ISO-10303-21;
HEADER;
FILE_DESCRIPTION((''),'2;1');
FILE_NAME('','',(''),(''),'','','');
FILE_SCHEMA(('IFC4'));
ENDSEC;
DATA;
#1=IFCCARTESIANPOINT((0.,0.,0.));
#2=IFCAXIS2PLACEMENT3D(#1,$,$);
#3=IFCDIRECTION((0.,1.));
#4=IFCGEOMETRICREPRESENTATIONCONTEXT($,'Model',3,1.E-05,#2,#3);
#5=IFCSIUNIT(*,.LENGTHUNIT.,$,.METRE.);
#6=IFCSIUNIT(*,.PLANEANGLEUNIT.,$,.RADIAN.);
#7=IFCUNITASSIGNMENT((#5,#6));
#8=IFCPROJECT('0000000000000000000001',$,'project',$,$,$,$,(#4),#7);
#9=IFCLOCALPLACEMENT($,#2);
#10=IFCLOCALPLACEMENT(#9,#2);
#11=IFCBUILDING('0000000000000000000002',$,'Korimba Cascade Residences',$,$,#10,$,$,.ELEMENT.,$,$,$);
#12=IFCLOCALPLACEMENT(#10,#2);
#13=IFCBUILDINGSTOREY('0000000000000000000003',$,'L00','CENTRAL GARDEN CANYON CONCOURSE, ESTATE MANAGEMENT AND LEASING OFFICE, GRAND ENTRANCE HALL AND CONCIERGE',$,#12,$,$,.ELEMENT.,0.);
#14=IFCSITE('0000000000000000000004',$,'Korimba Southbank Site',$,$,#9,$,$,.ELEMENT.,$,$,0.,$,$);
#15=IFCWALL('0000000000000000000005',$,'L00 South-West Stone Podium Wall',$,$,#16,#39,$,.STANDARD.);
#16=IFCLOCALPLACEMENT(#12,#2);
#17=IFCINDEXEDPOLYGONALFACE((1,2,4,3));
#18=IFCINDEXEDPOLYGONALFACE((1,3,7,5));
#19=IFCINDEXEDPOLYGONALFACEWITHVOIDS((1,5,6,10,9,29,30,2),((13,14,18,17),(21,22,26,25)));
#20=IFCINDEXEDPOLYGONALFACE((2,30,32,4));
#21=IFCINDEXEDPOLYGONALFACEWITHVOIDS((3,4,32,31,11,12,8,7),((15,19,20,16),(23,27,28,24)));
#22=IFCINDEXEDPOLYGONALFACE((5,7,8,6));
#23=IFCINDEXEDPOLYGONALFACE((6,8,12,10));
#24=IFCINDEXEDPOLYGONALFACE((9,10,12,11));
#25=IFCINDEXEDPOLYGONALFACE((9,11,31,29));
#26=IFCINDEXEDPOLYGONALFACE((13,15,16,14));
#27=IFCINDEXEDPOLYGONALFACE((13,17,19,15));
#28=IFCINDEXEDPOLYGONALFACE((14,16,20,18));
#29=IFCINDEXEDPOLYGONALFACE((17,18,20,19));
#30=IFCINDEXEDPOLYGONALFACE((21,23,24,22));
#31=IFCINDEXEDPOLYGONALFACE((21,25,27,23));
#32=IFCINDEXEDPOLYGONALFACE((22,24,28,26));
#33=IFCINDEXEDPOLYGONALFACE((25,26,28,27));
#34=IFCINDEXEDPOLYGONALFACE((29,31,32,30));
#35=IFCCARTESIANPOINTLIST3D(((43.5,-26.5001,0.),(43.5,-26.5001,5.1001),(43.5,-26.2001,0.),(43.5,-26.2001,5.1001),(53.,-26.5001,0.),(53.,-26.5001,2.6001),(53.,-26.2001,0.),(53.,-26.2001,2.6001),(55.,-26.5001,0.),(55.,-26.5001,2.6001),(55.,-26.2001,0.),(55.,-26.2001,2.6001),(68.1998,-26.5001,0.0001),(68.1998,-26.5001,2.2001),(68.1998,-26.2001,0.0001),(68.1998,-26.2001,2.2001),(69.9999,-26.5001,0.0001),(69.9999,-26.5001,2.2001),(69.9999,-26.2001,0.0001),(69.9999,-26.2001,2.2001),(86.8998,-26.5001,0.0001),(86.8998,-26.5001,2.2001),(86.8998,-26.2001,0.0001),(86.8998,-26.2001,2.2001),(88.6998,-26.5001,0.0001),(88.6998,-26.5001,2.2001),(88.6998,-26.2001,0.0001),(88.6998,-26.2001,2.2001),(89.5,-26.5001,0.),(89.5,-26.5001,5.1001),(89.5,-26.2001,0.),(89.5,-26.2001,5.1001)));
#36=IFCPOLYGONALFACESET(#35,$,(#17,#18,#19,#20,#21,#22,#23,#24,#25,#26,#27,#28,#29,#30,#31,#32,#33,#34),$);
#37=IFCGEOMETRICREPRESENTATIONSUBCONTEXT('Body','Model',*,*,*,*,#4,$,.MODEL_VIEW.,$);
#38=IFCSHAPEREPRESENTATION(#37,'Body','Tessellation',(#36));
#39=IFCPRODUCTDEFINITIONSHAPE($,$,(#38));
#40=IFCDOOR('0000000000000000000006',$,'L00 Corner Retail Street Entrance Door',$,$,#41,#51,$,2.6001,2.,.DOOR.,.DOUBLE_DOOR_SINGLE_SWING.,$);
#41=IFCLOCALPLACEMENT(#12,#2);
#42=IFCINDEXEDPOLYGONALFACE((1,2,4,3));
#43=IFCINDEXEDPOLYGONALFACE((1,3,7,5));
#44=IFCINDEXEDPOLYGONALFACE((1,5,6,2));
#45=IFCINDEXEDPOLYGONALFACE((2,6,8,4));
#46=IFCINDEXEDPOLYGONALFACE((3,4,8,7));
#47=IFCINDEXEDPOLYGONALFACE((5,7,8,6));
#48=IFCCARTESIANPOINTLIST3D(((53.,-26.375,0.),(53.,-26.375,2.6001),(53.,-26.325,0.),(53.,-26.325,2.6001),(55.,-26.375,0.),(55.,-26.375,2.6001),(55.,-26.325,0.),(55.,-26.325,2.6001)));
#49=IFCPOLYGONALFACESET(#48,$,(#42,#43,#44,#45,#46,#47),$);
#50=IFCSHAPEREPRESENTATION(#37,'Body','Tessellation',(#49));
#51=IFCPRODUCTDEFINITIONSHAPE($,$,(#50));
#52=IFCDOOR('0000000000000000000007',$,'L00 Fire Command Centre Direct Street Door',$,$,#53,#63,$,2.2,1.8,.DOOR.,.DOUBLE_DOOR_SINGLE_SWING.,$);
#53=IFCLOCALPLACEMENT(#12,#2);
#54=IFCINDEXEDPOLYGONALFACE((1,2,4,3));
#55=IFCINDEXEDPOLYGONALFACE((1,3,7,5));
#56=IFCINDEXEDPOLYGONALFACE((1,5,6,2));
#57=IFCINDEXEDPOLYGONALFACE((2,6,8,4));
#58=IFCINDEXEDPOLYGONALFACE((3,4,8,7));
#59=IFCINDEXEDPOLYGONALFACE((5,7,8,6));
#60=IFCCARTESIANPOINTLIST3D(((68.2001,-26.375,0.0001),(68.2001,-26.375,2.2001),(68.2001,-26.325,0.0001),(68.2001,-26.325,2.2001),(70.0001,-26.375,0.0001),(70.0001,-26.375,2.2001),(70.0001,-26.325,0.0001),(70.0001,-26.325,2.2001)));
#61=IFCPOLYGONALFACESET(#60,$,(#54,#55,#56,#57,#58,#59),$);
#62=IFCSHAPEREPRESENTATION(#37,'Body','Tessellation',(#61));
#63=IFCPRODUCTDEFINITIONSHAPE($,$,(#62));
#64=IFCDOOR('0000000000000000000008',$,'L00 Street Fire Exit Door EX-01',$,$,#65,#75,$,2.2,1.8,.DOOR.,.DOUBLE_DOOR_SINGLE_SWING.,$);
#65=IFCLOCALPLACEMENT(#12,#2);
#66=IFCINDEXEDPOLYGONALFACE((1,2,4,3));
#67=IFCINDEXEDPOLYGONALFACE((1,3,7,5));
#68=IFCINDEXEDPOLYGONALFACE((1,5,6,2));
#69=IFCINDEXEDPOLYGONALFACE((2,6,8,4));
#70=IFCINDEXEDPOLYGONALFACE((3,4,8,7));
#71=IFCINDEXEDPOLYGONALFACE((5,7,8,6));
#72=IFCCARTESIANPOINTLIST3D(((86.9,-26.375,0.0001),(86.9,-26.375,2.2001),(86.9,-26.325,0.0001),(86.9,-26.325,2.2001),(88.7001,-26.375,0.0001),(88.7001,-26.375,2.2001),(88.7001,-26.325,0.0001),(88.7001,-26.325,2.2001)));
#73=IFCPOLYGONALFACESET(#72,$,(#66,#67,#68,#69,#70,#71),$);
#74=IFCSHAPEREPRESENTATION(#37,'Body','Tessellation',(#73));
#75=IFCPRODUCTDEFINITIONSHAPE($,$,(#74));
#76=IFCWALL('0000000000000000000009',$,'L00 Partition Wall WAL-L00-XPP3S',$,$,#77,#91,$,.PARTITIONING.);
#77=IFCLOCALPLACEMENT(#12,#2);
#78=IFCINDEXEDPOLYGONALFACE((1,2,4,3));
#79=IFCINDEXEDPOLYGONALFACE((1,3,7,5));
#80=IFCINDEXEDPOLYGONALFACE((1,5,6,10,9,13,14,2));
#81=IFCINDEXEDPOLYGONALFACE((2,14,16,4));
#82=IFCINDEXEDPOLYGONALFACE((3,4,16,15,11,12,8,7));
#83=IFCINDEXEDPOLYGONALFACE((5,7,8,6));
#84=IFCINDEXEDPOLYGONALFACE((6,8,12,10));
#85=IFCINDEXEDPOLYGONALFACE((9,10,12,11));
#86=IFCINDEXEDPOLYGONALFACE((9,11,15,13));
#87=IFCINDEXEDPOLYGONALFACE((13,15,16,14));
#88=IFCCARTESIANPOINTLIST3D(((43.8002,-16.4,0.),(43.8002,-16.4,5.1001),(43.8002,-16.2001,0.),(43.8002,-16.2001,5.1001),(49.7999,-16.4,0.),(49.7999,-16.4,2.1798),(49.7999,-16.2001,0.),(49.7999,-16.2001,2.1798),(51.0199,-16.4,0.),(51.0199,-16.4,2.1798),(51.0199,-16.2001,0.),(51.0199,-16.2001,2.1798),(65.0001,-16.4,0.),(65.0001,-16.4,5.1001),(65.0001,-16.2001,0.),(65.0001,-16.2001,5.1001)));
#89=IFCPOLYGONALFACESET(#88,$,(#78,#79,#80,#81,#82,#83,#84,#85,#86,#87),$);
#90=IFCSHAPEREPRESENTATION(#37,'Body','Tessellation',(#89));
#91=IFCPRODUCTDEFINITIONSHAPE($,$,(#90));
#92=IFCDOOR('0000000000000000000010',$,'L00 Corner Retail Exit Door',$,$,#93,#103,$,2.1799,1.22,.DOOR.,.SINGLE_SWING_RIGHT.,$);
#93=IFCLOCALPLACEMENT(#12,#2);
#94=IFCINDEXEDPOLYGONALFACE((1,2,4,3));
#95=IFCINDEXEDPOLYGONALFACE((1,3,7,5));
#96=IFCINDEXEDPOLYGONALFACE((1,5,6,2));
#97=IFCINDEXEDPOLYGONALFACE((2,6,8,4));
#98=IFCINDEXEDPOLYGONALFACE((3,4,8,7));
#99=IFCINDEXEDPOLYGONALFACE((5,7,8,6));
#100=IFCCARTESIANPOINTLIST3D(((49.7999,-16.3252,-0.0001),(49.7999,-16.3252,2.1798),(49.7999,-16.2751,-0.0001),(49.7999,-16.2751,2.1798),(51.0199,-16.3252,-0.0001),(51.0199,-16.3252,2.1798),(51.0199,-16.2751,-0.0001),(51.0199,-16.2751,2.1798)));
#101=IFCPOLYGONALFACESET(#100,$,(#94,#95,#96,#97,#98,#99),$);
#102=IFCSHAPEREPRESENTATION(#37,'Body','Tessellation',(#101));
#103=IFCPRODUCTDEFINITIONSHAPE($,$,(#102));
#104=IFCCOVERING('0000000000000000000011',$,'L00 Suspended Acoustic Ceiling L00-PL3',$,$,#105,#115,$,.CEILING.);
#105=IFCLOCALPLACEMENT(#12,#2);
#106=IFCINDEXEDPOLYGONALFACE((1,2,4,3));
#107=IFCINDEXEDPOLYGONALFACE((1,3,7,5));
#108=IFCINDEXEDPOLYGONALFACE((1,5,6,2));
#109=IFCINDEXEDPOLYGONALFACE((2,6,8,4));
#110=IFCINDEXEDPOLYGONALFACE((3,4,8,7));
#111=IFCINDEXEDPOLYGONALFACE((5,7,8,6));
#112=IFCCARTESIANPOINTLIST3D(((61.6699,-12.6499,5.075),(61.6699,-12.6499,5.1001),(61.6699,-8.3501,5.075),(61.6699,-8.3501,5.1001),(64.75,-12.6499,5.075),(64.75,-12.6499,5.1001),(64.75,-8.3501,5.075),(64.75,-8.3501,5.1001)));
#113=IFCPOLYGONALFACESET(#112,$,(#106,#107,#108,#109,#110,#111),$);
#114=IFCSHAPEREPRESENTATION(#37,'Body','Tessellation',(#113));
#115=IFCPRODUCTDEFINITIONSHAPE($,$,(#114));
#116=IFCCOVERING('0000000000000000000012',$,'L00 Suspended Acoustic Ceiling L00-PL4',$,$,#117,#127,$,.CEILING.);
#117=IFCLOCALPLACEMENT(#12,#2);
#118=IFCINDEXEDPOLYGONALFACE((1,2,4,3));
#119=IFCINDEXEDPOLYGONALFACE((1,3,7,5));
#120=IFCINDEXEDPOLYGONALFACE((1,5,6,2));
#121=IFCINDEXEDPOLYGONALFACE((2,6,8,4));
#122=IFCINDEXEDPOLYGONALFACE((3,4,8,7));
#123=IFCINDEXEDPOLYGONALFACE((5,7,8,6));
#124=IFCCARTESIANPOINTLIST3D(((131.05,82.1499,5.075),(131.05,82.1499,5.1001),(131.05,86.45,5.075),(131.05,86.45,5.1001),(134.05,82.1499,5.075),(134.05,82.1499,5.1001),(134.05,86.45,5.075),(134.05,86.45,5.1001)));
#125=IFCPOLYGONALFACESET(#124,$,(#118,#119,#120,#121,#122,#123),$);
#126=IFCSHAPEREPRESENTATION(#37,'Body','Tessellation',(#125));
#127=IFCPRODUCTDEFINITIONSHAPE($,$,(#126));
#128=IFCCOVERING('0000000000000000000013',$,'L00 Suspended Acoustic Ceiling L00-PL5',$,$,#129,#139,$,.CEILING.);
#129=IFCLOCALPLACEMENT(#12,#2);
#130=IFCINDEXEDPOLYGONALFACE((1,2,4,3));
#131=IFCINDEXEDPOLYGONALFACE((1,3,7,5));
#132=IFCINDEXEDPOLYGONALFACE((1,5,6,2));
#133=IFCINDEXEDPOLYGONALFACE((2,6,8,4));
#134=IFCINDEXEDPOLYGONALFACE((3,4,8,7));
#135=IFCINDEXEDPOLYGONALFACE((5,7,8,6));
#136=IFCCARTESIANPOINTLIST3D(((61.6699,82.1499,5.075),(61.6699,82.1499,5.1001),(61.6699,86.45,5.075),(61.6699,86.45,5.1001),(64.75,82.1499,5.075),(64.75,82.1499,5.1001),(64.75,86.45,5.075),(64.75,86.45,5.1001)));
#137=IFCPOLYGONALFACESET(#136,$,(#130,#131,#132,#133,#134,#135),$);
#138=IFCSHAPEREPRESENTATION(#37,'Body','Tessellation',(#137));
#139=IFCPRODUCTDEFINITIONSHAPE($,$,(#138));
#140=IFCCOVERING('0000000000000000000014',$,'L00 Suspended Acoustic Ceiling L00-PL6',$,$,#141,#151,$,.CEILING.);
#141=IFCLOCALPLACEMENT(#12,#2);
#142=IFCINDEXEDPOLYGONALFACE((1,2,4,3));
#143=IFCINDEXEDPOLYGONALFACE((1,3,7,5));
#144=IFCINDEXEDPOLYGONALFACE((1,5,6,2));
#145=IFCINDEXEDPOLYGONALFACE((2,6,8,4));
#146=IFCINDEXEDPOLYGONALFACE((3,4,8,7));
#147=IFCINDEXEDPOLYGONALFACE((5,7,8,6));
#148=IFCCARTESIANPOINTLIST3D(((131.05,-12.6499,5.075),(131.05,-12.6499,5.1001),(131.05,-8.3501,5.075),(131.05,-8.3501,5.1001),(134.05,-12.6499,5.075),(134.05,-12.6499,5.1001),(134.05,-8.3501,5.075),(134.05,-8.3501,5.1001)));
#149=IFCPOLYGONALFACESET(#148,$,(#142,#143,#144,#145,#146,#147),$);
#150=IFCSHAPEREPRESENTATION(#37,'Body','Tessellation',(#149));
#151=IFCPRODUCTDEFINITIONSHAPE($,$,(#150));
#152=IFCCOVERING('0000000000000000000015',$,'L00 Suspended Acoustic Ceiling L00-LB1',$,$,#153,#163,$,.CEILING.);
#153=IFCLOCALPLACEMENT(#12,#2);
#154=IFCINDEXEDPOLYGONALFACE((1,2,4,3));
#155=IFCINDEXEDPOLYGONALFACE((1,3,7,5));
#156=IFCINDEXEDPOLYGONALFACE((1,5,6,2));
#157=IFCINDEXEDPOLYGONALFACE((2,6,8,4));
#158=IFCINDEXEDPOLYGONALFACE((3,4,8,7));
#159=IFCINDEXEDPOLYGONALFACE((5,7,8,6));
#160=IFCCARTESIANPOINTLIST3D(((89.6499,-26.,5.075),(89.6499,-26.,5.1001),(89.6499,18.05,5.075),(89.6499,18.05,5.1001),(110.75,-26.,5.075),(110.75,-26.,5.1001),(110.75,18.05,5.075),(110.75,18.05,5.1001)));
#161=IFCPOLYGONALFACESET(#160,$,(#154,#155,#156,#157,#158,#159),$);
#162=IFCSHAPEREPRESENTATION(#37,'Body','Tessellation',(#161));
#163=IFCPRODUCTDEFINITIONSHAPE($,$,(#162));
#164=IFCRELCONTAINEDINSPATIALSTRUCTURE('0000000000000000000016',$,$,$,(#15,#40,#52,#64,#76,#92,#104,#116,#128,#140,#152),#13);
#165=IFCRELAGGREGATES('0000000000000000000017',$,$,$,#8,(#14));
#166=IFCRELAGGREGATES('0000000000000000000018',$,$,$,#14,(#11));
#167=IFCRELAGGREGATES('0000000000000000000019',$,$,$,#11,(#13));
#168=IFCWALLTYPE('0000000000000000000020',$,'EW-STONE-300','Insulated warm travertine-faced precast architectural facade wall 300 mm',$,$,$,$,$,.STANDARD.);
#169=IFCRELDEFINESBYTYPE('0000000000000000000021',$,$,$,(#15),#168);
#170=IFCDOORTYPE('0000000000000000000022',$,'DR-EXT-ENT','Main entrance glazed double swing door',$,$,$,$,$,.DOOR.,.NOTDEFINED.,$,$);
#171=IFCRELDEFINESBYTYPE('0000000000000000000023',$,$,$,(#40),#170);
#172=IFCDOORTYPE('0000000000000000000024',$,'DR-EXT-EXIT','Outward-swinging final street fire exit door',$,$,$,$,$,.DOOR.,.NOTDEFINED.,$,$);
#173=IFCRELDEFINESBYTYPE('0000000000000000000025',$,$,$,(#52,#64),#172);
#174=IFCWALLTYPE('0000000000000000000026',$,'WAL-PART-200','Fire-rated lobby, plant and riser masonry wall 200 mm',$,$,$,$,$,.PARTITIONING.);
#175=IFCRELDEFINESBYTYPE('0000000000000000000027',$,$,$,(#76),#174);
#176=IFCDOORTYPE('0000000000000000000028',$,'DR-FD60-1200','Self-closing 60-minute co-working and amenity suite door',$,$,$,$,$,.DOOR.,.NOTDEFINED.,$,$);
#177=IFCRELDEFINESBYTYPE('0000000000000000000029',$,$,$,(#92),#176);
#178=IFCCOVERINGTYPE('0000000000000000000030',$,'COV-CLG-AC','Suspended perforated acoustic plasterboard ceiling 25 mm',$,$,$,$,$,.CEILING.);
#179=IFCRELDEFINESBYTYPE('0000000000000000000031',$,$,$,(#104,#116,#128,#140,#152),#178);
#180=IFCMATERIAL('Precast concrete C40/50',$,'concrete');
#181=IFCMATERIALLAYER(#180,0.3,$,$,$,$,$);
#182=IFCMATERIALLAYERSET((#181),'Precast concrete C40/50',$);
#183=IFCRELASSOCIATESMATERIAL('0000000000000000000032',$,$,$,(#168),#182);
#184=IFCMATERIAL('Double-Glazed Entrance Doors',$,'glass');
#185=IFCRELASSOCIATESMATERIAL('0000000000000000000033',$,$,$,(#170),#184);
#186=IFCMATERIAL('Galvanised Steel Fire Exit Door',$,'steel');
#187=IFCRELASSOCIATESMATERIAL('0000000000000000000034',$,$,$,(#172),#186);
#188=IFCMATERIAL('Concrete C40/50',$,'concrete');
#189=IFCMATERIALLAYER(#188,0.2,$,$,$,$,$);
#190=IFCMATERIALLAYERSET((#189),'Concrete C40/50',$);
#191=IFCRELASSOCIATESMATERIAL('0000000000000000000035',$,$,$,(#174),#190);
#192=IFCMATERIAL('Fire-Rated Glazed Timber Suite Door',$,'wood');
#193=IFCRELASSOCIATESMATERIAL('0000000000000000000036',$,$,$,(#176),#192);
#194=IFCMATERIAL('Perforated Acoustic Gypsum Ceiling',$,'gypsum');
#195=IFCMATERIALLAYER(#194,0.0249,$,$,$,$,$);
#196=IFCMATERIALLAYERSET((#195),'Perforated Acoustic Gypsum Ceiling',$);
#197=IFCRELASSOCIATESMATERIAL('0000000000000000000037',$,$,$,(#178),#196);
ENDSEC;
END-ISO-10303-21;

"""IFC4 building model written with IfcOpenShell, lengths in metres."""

from ifc_helpers import new_model, si_unit, direction, frame, frame_2d, origin, place, context, subcontext, project, spatial, polyline, rectangle, outline, extrude, material, layer, layer_set, type_object, element, fill, save


model = new_model("IFC4")

# Units and contexts
model_context = context("Model", 3, precision=1e-05, world=origin(), true_north=direction((0.0, 1.0)))
body_context = subcontext(model_context, "Body", "Model", "MODEL_VIEW")
ifc_project = project(units=[si_unit("LENGTHUNIT", "METRE"), si_unit("PLANEANGLEUNIT", "RADIAN")], contexts=[model_context])

# Site, building, storey
site_placement = place(None, origin())
site = spatial("IfcSite", under=ifc_project, at=site_placement, Name="Korimba Southbank Site", CompositionType="ELEMENT", RefElevation=0.0)
building_placement = place(site_placement, origin())
building = spatial("IfcBuilding", under=site, at=building_placement, Name="Korimba Cascade Residences", CompositionType="ELEMENT")
storey_placement = place(building_placement, origin())
storey = spatial("IfcBuildingStorey", under=building, at=storey_placement, Name="L00", Description="CENTRAL GARDEN CANYON CONCOURSE, ESTATE MANAGEMENT AND LEASING OFFICE, GRAND ENTRANCE HALL AND CONCIERGE", CompositionType="ELEMENT", Elevation=0.0)

# Wall, openings, doors
ifc_material_1 = material(Name="Precast concrete C40/50", Category="concrete")
ifc_layer_1 = layer(ifc_material_1, 0.3)
ifc_layer_set_1 = layer_set([ifc_layer_1], Name="Precast concrete C40/50")
wall_type_1 = type_object("IfcWallType", Name="EW-STONE-300", Description="Insulated warm travertine-faced precast architectural facade wall 300 mm", PredefinedType="STANDARD", material=ifc_layer_set_1)
wall_1_placement = place(storey_placement, frame((43.5, -26.3501, 0.0), z_axis=(0.0, 0.0, 1.0), x_axis=(1.0, 0.0, 0.0)))
wall_1 = element("IfcWall", 1, at=wall_1_placement, inside=storey, type_object=wall_type_1, Name="L00 South-West Stone Podium Wall", PredefinedType="STANDARD", context=body_context, shape_type="SweptSolid", body=[
    extrude(rectangle(XDim=46.0, YDim=0.3, at=frame_2d((23.0, 0.0))), origin(), (0.0, 0.0, 1.0), 5.1001),
])
opening_1_placement = place(wall_1_placement, frame((9.5, 0.0, 0.0)))
opening_1 = element("IfcOpeningElement", 2, at=opening_1_placement, cuts=wall_1, PredefinedType="OPENING", context=body_context, shape_type="SweptSolid", body=[
    extrude(rectangle(XDim=2.0, YDim=2.6001, at=frame_2d((1.0, 1.3))), frame((0.0, 0.1602, 0.0), z_axis=(0.0, -1.0, 0.0), x_axis=(1.0, 0.0, 0.0)), (0.0, 0.0, 1.0), 0.3201),
])
opening_2_placement = place(wall_1_placement, frame((24.7, 0.0, 0.0)))
opening_2 = element("IfcOpeningElement", 3, at=opening_2_placement, cuts=wall_1, PredefinedType="OPENING", context=body_context, shape_type="SweptSolid", body=[
    extrude(rectangle(XDim=1.8, YDim=2.2, at=frame_2d((0.8999, 1.1001))), frame((0.0, 0.1602, 0.0), z_axis=(0.0, -1.0, 0.0), x_axis=(1.0, 0.0, 0.0)), (0.0, 0.0, 1.0), 0.3201),
])
opening_3_placement = place(wall_1_placement, frame((43.3999, 0.0, 0.0)))
opening_3 = element("IfcOpeningElement", 4, at=opening_3_placement, cuts=wall_1, PredefinedType="OPENING", context=body_context, shape_type="SweptSolid", body=[
    extrude(rectangle(XDim=1.8, YDim=2.2, at=frame_2d((0.8999, 1.1001))), frame((0.0, 0.1602, 0.0), z_axis=(0.0, -1.0, 0.0), x_axis=(1.0, 0.0, 0.0)), (0.0, 0.0, 1.0), 0.3201),
])
ifc_material_2 = material(Name="Double-Glazed Entrance Doors", Category="glass")
door_type_1 = type_object("IfcDoorType", Name="DR-EXT-ENT", Description="Main entrance glazed double swing door", OperationType="NOTDEFINED", PredefinedType="DOOR", material=ifc_material_2)
door_1_placement = place(opening_1_placement, frame((2.0, 0.0, 0.0), z_axis=(0.0, 0.0, 1.0), x_axis=(-1.0, 0.0, 0.0)))
door_1 = element("IfcDoor", 5, at=door_1_placement, inside=storey, type_object=door_type_1, Name="L00 Corner Retail Street Entrance Door", OperationType="DOUBLE_DOOR_SINGLE_SWING", OverallHeight=2.6001, OverallWidth=2.0, PredefinedType="DOOR", context=body_context, shape_type="SweptSolid", body=[
    extrude(rectangle(XDim=2.0, YDim=2.6001, at=frame_2d((1.0, 1.3))), frame((0.0, 0.0249, 0.0), z_axis=(0.0, -1.0, 0.0), x_axis=(1.0, 0.0, 0.0)), (0.0, 0.0, 1.0), 0.05),
])
fill(opening_1, door_1)
ifc_material_3 = material(Name="Galvanised Steel Fire Exit Door", Category="steel")
door_type_2 = type_object("IfcDoorType", Name="DR-EXT-EXIT", Description="Outward-swinging final street fire exit door", OperationType="NOTDEFINED", PredefinedType="DOOR", material=ifc_material_3)
door_2_placement = place(opening_2_placement, frame((1.8, 0.0, 0.0), z_axis=(0.0, 0.0, 1.0), x_axis=(-1.0, 0.0, 0.0)))
door_2 = element("IfcDoor", 6, at=door_2_placement, inside=storey, type_object=door_type_2, Name="L00 Fire Command Centre Direct Street Door", OperationType="DOUBLE_DOOR_SINGLE_SWING", OverallHeight=2.2, OverallWidth=1.8, PredefinedType="DOOR", context=body_context, shape_type="SweptSolid", body=[
    extrude(rectangle(XDim=1.8, YDim=2.2, at=frame_2d((0.8999, 1.1001))), frame((0.0, 0.0249, 0.0), z_axis=(0.0, -1.0, 0.0), x_axis=(1.0, 0.0, 0.0)), (0.0, 0.0, 1.0), 0.05),
])
fill(opening_2, door_2)
door_3_placement = place(opening_3_placement, frame((1.8, 0.0, 0.0), z_axis=(0.0, 0.0, 1.0), x_axis=(-1.0, 0.0, 0.0)))
door_3 = element("IfcDoor", 7, at=door_3_placement, inside=storey, type_object=door_type_2, Name="L00 Street Fire Exit Door EX-01", OperationType="DOUBLE_DOOR_SINGLE_SWING", OverallHeight=2.2, OverallWidth=1.8, PredefinedType="DOOR", context=body_context, shape_type="SweptSolid", body=[
    extrude(rectangle(XDim=1.8, YDim=2.2, at=frame_2d((0.8999, 1.1001))), frame((0.0, 0.0249, 0.0), z_axis=(0.0, -1.0, 0.0), x_axis=(1.0, 0.0, 0.0)), (0.0, 0.0, 1.0), 0.05),
])
fill(opening_3, door_3)

# Wall, opening, door
ifc_material_4 = material(Name="Concrete C40/50", Category="concrete")
ifc_layer_2 = layer(ifc_material_4, 0.2)
ifc_layer_set_2 = layer_set([ifc_layer_2], Name="Concrete C40/50")
wall_type_2 = type_object("IfcWallType", Name="WAL-PART-200", Description="Fire-rated lobby, plant and riser masonry wall 200 mm", PredefinedType="PARTITIONING", material=ifc_layer_set_2)
wall_2_placement = place(storey_placement, frame((43.8, -16.3, 0.0), z_axis=(0.0, 0.0, 1.0), x_axis=(1.0, 0.0, 0.0)))
wall_2 = element("IfcWall", 8, at=wall_2_placement, inside=storey, type_object=wall_type_2, Name="L00 Partition Wall WAL-L00-XPP3S", PredefinedType="PARTITIONING", context=body_context, shape_type="SweptSolid", body=[
    extrude(rectangle(XDim=21.2, YDim=0.2, at=frame_2d((10.6001, 0.0))), origin(), (0.0, 0.0, 1.0), 5.1001),
])
opening_4_placement = place(wall_2_placement, frame((6.0, 0.0, 0.0)))
opening_4 = element("IfcOpeningElement", 9, at=opening_4_placement, cuts=wall_2, PredefinedType="OPENING", context=body_context, shape_type="SweptSolid", body=[
    extrude(rectangle(XDim=1.22, YDim=2.1799, at=frame_2d((0.6099, 1.0898))), frame((0.0, 0.1099, 0.0), z_axis=(0.0, -1.0, 0.0), x_axis=(1.0, 0.0, 0.0)), (0.0, 0.0, 1.0), 0.22),
])
ifc_material_5 = material(Name="Fire-Rated Glazed Timber Suite Door", Category="wood")
door_type_3 = type_object("IfcDoorType", Name="DR-FD60-1200", Description="Self-closing 60-minute co-working and amenity suite door", OperationType="NOTDEFINED", PredefinedType="DOOR", material=ifc_material_5)
door_4_placement = place(opening_4_placement, origin())
door_4 = element("IfcDoor", 10, at=door_4_placement, inside=storey, type_object=door_type_3, Name="L00 Corner Retail Exit Door", OperationType="SINGLE_SWING_RIGHT", OverallHeight=2.1799, OverallWidth=1.22, PredefinedType="DOOR", context=body_context, shape_type="SweptSolid", body=[
    extrude(rectangle(XDim=1.22, YDim=2.1799, at=frame_2d((0.6099, 1.0898))), frame((0.0, 0.0249, 0.0), z_axis=(0.0, -1.0, 0.0), x_axis=(1.0, 0.0, 0.0)), (0.0, 0.0, 1.0), 0.05),
])
fill(opening_4, door_4)

# Coverings
ifc_material_6 = material(Name="Perforated Acoustic Gypsum Ceiling", Category="gypsum")
ifc_layer_3 = layer(ifc_material_6, 0.0249)
ifc_layer_set_3 = layer_set([ifc_layer_3], Name="Perforated Acoustic Gypsum Ceiling")
covering_type_1 = type_object("IfcCoveringType", Name="COV-CLG-AC", Description="Suspended perforated acoustic plasterboard ceiling 25 mm", PredefinedType="CEILING", material=ifc_layer_set_3)
covering_1_placement = place(storey_placement, frame((0.0, 0.0, 5.075)))
element("IfcCovering", 11, at=covering_1_placement, inside=storey, type_object=covering_type_1, Name="L00 Suspended Acoustic Ceiling L00-PL3", PredefinedType="CEILING", context=body_context, shape_type="SweptSolid", body=[
    extrude(outline(polyline([(61.6699, -12.6499), (64.75, -12.6499), (64.75, -8.3501), (61.6699, -8.3501), (61.6699, -12.6499)])), origin(), (0.0, 0.0, 1.0), 0.0251),
])
covering_2_placement = place(storey_placement, frame((0.0, 0.0, 5.075)))
element("IfcCovering", 12, at=covering_2_placement, inside=storey, type_object=covering_type_1, Name="L00 Suspended Acoustic Ceiling L00-PL4", PredefinedType="CEILING", context=body_context, shape_type="SweptSolid", body=[
    extrude(outline(polyline([(131.05, 82.1499), (134.05, 82.1499), (134.05, 86.45), (131.05, 86.45), (131.05, 82.1499)])), origin(), (0.0, 0.0, 1.0), 0.0251),
])
covering_3_placement = place(storey_placement, frame((0.0, 0.0, 5.075)))
element("IfcCovering", 13, at=covering_3_placement, inside=storey, type_object=covering_type_1, Name="L00 Suspended Acoustic Ceiling L00-PL5", PredefinedType="CEILING", context=body_context, shape_type="SweptSolid", body=[
    extrude(outline(polyline([(61.6699, 82.1499), (64.75, 82.1499), (64.75, 86.45), (61.6699, 86.45), (61.6699, 82.1499)])), origin(), (0.0, 0.0, 1.0), 0.0251),
])
covering_4_placement = place(storey_placement, frame((0.0, 0.0, 5.075)))
element("IfcCovering", 14, at=covering_4_placement, inside=storey, type_object=covering_type_1, Name="L00 Suspended Acoustic Ceiling L00-PL6", PredefinedType="CEILING", context=body_context, shape_type="SweptSolid", body=[
    extrude(outline(polyline([(131.05, -12.6499), (134.05, -12.6499), (134.05, -8.3501), (131.05, -8.3501), (131.05, -12.6499)])), origin(), (0.0, 0.0, 1.0), 0.0251),
])
covering_5_placement = place(storey_placement, frame((0.0, 0.0, 5.075)))
element("IfcCovering", 15, at=covering_5_placement, inside=storey, type_object=covering_type_1, Name="L00 Suspended Acoustic Ceiling L00-LB1", PredefinedType="CEILING", context=body_context, shape_type="SweptSolid", body=[
    extrude(outline(polyline([(89.6499, -26.0), (110.75, -26.0), (110.75, 18.05), (89.6499, 18.05), (89.6499, -26.0)])), origin(), (0.0, 0.0, 1.0), 0.0251),
])

save(model, "model.ifc")
